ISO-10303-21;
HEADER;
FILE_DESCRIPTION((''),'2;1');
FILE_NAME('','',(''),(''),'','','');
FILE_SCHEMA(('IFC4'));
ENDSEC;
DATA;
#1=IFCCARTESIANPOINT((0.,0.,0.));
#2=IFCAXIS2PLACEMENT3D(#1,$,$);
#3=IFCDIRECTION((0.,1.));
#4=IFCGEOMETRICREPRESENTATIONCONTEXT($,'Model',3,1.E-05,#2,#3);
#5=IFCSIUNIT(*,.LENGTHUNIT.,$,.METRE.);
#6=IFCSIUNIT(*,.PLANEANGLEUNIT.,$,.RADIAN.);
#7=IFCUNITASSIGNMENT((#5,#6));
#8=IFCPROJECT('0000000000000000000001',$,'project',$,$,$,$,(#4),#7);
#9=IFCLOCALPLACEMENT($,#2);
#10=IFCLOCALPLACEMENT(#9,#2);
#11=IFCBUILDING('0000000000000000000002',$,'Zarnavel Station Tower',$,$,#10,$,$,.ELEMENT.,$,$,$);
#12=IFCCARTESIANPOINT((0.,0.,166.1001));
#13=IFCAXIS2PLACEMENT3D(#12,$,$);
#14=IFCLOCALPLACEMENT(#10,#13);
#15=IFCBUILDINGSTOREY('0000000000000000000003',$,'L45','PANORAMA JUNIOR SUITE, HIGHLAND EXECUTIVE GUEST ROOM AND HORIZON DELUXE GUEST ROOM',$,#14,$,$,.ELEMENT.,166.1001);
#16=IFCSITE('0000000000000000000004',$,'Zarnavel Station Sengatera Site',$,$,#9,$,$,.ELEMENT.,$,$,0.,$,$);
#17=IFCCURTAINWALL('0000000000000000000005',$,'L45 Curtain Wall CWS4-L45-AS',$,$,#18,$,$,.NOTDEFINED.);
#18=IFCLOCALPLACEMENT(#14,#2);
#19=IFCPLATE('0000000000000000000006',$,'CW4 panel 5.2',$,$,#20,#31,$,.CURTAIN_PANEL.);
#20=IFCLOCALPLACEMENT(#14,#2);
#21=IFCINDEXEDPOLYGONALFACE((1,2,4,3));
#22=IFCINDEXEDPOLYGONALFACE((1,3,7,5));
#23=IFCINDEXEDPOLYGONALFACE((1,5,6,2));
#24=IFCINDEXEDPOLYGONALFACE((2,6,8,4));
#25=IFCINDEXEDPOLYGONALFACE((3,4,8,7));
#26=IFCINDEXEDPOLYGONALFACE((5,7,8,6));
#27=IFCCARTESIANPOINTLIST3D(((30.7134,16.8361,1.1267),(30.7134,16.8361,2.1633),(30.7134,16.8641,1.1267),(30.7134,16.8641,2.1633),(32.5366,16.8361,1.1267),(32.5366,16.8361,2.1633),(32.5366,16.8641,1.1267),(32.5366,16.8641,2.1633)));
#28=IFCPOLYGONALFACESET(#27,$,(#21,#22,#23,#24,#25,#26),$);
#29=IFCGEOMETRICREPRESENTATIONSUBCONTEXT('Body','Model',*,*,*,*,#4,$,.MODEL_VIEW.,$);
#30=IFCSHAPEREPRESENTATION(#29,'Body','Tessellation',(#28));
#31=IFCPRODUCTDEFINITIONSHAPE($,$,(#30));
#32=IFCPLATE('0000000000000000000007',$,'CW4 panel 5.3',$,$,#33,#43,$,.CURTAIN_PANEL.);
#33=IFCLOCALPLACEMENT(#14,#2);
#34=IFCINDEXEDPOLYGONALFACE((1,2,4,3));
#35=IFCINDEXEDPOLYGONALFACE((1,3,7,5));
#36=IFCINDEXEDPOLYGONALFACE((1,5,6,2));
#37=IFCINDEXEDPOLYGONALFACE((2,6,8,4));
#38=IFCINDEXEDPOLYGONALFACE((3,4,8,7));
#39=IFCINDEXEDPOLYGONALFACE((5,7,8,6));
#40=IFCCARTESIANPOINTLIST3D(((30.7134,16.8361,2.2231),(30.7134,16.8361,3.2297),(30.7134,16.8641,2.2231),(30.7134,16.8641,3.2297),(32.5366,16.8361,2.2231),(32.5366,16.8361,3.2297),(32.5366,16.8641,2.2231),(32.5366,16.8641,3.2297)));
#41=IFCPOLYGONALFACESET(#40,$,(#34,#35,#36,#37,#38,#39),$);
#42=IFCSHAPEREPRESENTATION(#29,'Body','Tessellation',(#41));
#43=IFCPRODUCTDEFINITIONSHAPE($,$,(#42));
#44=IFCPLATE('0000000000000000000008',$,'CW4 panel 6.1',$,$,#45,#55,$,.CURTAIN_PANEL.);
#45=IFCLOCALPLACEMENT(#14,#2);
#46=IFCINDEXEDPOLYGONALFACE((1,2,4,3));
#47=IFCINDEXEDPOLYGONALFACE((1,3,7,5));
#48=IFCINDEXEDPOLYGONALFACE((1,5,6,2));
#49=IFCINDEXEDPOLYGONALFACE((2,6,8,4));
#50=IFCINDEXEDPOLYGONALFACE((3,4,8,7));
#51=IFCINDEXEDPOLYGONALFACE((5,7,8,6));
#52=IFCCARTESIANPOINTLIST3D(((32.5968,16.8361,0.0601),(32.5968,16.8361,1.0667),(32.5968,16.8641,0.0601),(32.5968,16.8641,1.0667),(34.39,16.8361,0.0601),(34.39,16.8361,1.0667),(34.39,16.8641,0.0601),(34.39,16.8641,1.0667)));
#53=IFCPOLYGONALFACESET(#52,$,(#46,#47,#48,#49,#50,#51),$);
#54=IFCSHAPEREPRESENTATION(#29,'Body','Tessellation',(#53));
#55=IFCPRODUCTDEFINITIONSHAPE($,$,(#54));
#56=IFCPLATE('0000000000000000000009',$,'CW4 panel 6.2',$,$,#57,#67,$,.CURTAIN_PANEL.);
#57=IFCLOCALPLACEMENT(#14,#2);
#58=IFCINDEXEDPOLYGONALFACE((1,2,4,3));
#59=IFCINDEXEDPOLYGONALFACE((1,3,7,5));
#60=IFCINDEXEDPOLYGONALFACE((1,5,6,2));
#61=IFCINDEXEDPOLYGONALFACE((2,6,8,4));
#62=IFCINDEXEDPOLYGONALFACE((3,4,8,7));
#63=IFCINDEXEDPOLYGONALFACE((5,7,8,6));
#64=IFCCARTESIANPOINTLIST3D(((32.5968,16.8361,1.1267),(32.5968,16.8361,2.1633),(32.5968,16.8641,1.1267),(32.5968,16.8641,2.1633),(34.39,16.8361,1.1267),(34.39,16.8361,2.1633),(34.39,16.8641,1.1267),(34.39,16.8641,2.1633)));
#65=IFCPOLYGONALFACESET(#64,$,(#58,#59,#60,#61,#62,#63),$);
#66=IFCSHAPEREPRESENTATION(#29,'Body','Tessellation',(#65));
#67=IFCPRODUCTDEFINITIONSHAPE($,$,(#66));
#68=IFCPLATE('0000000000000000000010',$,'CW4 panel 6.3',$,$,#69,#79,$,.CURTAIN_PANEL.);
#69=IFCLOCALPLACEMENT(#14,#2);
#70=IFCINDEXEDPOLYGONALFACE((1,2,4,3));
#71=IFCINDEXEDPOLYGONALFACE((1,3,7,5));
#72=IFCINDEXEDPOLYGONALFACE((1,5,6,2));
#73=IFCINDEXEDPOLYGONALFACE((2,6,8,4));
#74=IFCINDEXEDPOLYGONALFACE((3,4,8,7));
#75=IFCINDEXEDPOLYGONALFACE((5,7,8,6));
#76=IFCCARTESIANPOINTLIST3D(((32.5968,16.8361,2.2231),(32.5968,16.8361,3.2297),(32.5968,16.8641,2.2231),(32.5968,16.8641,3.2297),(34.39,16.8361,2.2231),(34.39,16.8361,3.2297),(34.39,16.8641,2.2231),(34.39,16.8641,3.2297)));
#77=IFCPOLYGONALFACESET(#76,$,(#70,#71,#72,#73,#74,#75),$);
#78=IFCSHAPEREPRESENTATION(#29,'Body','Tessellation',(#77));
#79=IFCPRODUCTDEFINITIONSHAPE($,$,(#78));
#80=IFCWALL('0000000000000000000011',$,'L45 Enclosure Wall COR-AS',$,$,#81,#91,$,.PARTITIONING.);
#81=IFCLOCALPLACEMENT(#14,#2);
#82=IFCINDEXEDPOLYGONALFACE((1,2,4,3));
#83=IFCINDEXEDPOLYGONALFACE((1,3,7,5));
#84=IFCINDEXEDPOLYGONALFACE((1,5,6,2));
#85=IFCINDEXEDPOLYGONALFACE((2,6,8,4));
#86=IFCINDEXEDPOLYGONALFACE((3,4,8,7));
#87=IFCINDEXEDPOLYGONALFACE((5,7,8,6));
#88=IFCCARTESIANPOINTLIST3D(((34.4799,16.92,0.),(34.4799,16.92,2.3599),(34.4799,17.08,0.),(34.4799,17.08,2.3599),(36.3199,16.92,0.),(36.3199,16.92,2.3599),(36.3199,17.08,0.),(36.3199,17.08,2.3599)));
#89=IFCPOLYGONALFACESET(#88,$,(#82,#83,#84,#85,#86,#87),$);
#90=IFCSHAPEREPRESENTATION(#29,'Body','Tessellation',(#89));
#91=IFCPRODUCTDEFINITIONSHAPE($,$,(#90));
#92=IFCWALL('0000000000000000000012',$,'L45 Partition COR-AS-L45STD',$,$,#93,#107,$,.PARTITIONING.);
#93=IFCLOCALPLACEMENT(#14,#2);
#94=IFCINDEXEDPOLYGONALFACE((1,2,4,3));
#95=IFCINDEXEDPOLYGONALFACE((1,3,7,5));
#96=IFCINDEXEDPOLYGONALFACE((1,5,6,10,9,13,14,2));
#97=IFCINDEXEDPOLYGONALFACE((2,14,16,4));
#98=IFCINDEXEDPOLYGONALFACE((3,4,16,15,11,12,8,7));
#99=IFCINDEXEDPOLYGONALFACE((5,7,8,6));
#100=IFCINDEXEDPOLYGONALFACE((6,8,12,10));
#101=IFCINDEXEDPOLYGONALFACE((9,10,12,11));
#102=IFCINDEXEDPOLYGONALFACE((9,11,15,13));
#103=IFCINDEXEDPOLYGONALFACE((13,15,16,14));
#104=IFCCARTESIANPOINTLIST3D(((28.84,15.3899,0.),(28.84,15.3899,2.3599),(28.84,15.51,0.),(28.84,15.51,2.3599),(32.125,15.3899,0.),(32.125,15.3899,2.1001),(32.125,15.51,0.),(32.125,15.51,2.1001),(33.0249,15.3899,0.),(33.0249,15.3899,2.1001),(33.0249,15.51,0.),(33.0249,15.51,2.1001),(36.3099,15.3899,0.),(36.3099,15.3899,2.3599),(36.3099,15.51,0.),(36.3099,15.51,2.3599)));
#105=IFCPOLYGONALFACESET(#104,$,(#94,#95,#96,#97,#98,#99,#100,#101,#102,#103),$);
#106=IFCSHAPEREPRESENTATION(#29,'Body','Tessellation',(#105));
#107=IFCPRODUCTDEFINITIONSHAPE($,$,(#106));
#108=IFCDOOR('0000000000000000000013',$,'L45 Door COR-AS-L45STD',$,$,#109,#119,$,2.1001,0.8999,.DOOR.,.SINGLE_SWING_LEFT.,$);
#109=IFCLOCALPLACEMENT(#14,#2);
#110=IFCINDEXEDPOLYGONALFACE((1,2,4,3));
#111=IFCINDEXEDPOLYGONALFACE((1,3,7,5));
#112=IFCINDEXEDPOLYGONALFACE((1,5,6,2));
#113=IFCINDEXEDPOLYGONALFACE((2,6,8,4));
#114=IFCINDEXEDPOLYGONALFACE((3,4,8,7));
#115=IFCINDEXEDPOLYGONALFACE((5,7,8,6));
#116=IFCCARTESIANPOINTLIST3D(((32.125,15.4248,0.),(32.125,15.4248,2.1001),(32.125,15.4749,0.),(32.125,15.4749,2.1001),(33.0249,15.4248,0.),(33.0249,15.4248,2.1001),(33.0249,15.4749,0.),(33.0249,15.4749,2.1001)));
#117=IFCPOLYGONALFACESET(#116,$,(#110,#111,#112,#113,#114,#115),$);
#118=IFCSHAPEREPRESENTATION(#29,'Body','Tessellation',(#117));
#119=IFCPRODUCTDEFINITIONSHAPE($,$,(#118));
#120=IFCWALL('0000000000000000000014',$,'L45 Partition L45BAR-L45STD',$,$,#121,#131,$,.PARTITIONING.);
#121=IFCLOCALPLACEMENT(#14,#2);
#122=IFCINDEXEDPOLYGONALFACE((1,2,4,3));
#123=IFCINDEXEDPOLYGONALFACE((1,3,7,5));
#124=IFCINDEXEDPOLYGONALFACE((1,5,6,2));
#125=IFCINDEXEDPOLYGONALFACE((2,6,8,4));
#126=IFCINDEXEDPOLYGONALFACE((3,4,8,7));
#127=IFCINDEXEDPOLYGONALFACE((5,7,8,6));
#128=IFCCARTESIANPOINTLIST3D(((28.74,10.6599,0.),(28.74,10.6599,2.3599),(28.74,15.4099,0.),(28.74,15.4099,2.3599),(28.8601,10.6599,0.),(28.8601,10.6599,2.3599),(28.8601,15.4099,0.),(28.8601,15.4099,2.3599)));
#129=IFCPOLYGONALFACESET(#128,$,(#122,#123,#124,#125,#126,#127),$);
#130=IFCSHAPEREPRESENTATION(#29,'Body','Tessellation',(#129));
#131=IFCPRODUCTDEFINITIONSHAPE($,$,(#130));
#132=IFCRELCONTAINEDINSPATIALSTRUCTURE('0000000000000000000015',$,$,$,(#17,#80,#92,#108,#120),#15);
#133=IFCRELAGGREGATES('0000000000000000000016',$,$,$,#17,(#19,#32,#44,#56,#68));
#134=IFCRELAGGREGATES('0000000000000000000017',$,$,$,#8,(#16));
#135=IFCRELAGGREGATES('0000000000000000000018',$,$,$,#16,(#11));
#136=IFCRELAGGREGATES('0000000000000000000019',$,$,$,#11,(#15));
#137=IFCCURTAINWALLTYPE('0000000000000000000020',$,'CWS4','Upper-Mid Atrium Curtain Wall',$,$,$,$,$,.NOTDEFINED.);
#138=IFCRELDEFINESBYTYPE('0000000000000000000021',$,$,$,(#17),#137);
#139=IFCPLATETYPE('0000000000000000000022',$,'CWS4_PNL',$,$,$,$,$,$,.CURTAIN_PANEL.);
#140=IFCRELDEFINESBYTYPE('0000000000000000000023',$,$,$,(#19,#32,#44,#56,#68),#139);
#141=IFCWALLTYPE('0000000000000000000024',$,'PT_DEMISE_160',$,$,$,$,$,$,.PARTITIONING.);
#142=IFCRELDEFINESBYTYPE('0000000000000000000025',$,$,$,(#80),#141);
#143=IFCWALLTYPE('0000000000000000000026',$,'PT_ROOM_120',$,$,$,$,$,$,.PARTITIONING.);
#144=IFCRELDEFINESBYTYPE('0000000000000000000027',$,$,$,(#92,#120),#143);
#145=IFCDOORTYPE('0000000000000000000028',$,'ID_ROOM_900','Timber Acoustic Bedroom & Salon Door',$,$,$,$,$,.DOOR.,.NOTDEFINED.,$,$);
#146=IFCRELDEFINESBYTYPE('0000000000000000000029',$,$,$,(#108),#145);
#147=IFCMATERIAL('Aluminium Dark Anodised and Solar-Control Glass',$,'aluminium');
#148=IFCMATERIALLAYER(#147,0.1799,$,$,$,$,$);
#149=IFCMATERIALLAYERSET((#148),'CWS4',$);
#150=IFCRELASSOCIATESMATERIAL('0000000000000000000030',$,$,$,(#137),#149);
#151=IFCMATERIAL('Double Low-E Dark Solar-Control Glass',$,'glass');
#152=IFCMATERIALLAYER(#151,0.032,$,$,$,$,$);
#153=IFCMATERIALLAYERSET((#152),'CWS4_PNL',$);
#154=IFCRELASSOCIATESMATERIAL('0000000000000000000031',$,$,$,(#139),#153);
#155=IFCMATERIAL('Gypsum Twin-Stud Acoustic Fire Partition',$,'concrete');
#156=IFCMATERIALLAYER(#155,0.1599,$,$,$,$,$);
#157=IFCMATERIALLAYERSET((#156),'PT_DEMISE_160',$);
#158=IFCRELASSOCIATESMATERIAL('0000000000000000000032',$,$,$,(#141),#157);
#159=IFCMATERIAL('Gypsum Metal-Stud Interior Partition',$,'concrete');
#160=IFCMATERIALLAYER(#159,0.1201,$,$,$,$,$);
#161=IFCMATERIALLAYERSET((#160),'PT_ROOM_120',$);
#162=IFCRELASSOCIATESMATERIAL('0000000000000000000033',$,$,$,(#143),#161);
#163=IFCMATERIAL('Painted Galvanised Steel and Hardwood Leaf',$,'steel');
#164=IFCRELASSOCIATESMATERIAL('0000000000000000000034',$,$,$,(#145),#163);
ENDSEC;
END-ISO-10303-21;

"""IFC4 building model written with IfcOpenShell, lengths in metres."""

from ifc_helpers import new_model, si_unit, direction, frame, frame_2d, origin, origin_2d, place, context, subcontext, project, spatial, rectangle, extrude, material, layer, layer_set, type_object, element, fill, aggregate, save


model = new_model("IFC4")

# Units and contexts
model_context = context("Model", 3, precision=1e-05, world=origin(), true_north=direction((0.0, 1.0)))
body_context = subcontext(model_context, "Body", "Model", "MODEL_VIEW")
ifc_project = project(units=[si_unit("LENGTHUNIT", "METRE"), si_unit("PLANEANGLEUNIT", "RADIAN")], contexts=[model_context])

# Site, building, storey
site_placement = place(None, origin())
site = spatial("IfcSite", under=ifc_project, at=site_placement, Name="Zarnavel Station Sengatera Site", CompositionType="ELEMENT", RefElevation=0.0)
building_placement = place(site_placement, origin())
building = spatial("IfcBuilding", under=site, at=building_placement, Name="Zarnavel Station Tower", CompositionType="ELEMENT")
storey_placement = place(building_placement, frame((0.0, 0.0, 166.1001)))
storey = spatial("IfcBuildingStorey", under=building, at=storey_placement, Name="L45", Description="PANORAMA JUNIOR SUITE, HIGHLAND EXECUTIVE GUEST ROOM AND HORIZON DELUXE GUEST ROOM", CompositionType="ELEMENT", Elevation=166.1001)

# Curtain wall
ifc_material_1 = material(Name="Aluminium Dark Anodised and Solar-Control Glass", Category="aluminium")
ifc_layer_1 = layer(ifc_material_1, 0.1799)
ifc_layer_set_1 = layer_set([ifc_layer_1], Name="CWS4")
curtain_wall_type = type_object("IfcCurtainWallType", Name="CWS4", Description="Upper-Mid Atrium Curtain Wall", PredefinedType="NOTDEFINED", material=ifc_layer_set_1)
curtain_wall_placement = place(storey_placement, origin())
curtain_wall = element("IfcCurtainWall", 1, at=curtain_wall_placement, inside=storey, type_object=curtain_wall_type, Name="L45 Curtain Wall CWS4-L45-AS", PredefinedType="NOTDEFINED")

# Plates
ifc_material_2 = material(Name="Double Low-E Dark Solar-Control Glass", Category="glass")
ifc_layer_2 = layer(ifc_material_2, 0.032)
ifc_layer_set_2 = layer_set([ifc_layer_2], Name="CWS4_PNL")
plate_type = type_object("IfcPlateType", Name="CWS4_PNL", PredefinedType="CURTAIN_PANEL", material=ifc_layer_set_2)
plate_1_placement = place(storey_placement, frame((31.625, 16.8501, 1.1267), z_axis=(0.0, 0.0, 1.0), x_axis=(1.0, 0.0, 0.0)))
plate_1 = element("IfcPlate", 2, at=plate_1_placement, type_object=plate_type, Name="CW4 panel 5.2", PredefinedType="CURTAIN_PANEL", context=body_context, shape_type="SweptSolid", body=[
    extrude(rectangle(XDim=1.8232, YDim=0.0281, at=origin_2d()), origin(), (0.0, 0.0, 1.0), 1.0366),
])
plate_2_placement = place(storey_placement, frame((31.625, 16.8501, 2.2231), z_axis=(0.0, 0.0, 1.0), x_axis=(1.0, 0.0, 0.0)))
plate_2 = element("IfcPlate", 3, at=plate_2_placement, type_object=plate_type, Name="CW4 panel 5.3", PredefinedType="CURTAIN_PANEL", context=body_context, shape_type="SweptSolid", body=[
    extrude(rectangle(XDim=1.8232, YDim=0.0281, at=origin_2d()), origin(), (0.0, 0.0, 1.0), 1.0066),
])
plate_3_placement = place(storey_placement, frame((33.4934, 16.8501, 0.0601), z_axis=(0.0, 0.0, 1.0), x_axis=(1.0, 0.0, 0.0)))
plate_3 = element("IfcPlate", 4, at=plate_3_placement, type_object=plate_type, Name="CW4 panel 6.1", PredefinedType="CURTAIN_PANEL", context=body_context, shape_type="SweptSolid", body=[
    extrude(rectangle(XDim=1.7932, YDim=0.0281, at=origin_2d()), origin(), (0.0, 0.0, 1.0), 1.0066),
])
plate_4_placement = place(storey_placement, frame((33.4934, 16.8501, 1.1267), z_axis=(0.0, 0.0, 1.0), x_axis=(1.0, 0.0, 0.0)))
plate_4 = element("IfcPlate", 5, at=plate_4_placement, type_object=plate_type, Name="CW4 panel 6.2", PredefinedType="CURTAIN_PANEL", context=body_context, shape_type="SweptSolid", body=[
    extrude(rectangle(XDim=1.7932, YDim=0.0281, at=origin_2d()), origin(), (0.0, 0.0, 1.0), 1.0366),
])
plate_5_placement = place(storey_placement, frame((33.4934, 16.8501, 2.2231), z_axis=(0.0, 0.0, 1.0), x_axis=(1.0, 0.0, 0.0)))
plate_5 = element("IfcPlate", 6, at=plate_5_placement, type_object=plate_type, Name="CW4 panel 6.3", PredefinedType="CURTAIN_PANEL", context=body_context, shape_type="SweptSolid", body=[
    extrude(rectangle(XDim=1.7932, YDim=0.0281, at=origin_2d()), origin(), (0.0, 0.0, 1.0), 1.0066),
])
aggregate(curtain_wall, [plate_1, plate_2, plate_3, plate_4, plate_5])

# Wall
ifc_material_3 = material(Name="Gypsum Twin-Stud Acoustic Fire Partition", Category="concrete")
ifc_layer_3 = layer(ifc_material_3, 0.1599)
ifc_layer_set_3 = layer_set([ifc_layer_3], Name="PT_DEMISE_160")
wall_type_1 = type_object("IfcWallType", Name="PT_DEMISE_160", PredefinedType="PARTITIONING", material=ifc_layer_set_3)
wall_1_placement = place(storey_placement, frame((34.48, 17.0, 0.0), z_axis=(0.0, 0.0, 1.0), x_axis=(1.0, 0.0, 0.0)))
element("IfcWall", 7, at=wall_1_placement, inside=storey, type_object=wall_type_1, Name="L45 Enclosure Wall COR-AS", PredefinedType="PARTITIONING", context=body_context, shape_type="SweptSolid", body=[
    extrude(rectangle(XDim=1.8401, YDim=0.1599, at=frame_2d((0.9199, 0.0))), origin(), (0.0, 0.0, 1.0), 2.3599),
])

# Wall, opening, door
ifc_material_4 = material(Name="Gypsum Metal-Stud Interior Partition", Category="concrete")
ifc_layer_4 = layer(ifc_material_4, 0.1201)
ifc_layer_set_4 = layer_set([ifc_layer_4], Name="PT_ROOM_120")
wall_type_2 = type_object("IfcWallType", Name="PT_ROOM_120", PredefinedType="PARTITIONING", material=ifc_layer_set_4)
wall_2_placement = place(storey_placement, frame((28.8401, 15.45, 0.0), z_axis=(0.0, 0.0, 1.0), x_axis=(1.0, 0.0, 0.0)))
wall_2 = element("IfcWall", 8, at=wall_2_placement, inside=storey, type_object=wall_type_2, Name="L45 Partition COR-AS-L45STD", PredefinedType="PARTITIONING", context=body_context, shape_type="SweptSolid", body=[
    extrude(rectangle(XDim=7.47, YDim=0.1201, at=frame_2d((3.7349, 0.0))), origin(), (0.0, 0.0, 1.0), 2.3599),
])
opening_placement = place(wall_2_placement, frame((3.2849, 0.0, 0.0)))
opening = element("IfcOpeningElement", 9, at=opening_placement, cuts=wall_2, PredefinedType="OPENING", context=body_context, shape_type="SweptSolid", body=[
    extrude(rectangle(XDim=0.8999, YDim=2.1001, at=frame_2d((0.45, 1.05))), frame((0.0, 0.0701, 0.0), z_axis=(0.0, -1.0, 0.0), x_axis=(1.0, 0.0, 0.0)), (0.0, 0.0, 1.0), 0.1401),
])
ifc_material_5 = material(Name="Painted Galvanised Steel and Hardwood Leaf", Category="steel")
door_type = type_object("IfcDoorType", Name="ID_ROOM_900", Description="Timber Acoustic Bedroom & Salon Door", OperationType="NOTDEFINED", PredefinedType="DOOR", material=ifc_material_5)
door_placement = place(opening_placement, origin())
door = element("IfcDoor", 10, at=door_placement, inside=storey, type_object=door_type, Name="L45 Door COR-AS-L45STD", OperationType="SINGLE_SWING_LEFT", OverallHeight=2.1001, OverallWidth=0.8999, PredefinedType="DOOR", context=body_context, shape_type="SweptSolid", body=[
    extrude(rectangle(XDim=0.8999, YDim=2.1001, at=frame_2d((0.45, 1.05))), frame((0.0, 0.0249, 0.0), z_axis=(0.0, -1.0, 0.0), x_axis=(1.0, 0.0, 0.0)), (0.0, 0.0, 1.0), 0.05),
])
fill(opening, door)

# Wall
wall_3_placement = place(storey_placement, frame((28.8, 10.6599, 0.0), z_axis=(0.0, 0.0, 1.0), x_axis=(0.0, 1.0, 0.0)))
element("IfcWall", 11, at=wall_3_placement, inside=storey, type_object=wall_type_2, Name="L45 Partition L45BAR-L45STD", PredefinedType="PARTITIONING", context=body_context, shape_type="SweptSolid", body=[
    extrude(rectangle(XDim=4.75, YDim=0.1201, at=frame_2d((2.375, 0.0))), origin(), (0.0, 0.0, 1.0), 2.3599),
])

save(model, "model.ifc")
